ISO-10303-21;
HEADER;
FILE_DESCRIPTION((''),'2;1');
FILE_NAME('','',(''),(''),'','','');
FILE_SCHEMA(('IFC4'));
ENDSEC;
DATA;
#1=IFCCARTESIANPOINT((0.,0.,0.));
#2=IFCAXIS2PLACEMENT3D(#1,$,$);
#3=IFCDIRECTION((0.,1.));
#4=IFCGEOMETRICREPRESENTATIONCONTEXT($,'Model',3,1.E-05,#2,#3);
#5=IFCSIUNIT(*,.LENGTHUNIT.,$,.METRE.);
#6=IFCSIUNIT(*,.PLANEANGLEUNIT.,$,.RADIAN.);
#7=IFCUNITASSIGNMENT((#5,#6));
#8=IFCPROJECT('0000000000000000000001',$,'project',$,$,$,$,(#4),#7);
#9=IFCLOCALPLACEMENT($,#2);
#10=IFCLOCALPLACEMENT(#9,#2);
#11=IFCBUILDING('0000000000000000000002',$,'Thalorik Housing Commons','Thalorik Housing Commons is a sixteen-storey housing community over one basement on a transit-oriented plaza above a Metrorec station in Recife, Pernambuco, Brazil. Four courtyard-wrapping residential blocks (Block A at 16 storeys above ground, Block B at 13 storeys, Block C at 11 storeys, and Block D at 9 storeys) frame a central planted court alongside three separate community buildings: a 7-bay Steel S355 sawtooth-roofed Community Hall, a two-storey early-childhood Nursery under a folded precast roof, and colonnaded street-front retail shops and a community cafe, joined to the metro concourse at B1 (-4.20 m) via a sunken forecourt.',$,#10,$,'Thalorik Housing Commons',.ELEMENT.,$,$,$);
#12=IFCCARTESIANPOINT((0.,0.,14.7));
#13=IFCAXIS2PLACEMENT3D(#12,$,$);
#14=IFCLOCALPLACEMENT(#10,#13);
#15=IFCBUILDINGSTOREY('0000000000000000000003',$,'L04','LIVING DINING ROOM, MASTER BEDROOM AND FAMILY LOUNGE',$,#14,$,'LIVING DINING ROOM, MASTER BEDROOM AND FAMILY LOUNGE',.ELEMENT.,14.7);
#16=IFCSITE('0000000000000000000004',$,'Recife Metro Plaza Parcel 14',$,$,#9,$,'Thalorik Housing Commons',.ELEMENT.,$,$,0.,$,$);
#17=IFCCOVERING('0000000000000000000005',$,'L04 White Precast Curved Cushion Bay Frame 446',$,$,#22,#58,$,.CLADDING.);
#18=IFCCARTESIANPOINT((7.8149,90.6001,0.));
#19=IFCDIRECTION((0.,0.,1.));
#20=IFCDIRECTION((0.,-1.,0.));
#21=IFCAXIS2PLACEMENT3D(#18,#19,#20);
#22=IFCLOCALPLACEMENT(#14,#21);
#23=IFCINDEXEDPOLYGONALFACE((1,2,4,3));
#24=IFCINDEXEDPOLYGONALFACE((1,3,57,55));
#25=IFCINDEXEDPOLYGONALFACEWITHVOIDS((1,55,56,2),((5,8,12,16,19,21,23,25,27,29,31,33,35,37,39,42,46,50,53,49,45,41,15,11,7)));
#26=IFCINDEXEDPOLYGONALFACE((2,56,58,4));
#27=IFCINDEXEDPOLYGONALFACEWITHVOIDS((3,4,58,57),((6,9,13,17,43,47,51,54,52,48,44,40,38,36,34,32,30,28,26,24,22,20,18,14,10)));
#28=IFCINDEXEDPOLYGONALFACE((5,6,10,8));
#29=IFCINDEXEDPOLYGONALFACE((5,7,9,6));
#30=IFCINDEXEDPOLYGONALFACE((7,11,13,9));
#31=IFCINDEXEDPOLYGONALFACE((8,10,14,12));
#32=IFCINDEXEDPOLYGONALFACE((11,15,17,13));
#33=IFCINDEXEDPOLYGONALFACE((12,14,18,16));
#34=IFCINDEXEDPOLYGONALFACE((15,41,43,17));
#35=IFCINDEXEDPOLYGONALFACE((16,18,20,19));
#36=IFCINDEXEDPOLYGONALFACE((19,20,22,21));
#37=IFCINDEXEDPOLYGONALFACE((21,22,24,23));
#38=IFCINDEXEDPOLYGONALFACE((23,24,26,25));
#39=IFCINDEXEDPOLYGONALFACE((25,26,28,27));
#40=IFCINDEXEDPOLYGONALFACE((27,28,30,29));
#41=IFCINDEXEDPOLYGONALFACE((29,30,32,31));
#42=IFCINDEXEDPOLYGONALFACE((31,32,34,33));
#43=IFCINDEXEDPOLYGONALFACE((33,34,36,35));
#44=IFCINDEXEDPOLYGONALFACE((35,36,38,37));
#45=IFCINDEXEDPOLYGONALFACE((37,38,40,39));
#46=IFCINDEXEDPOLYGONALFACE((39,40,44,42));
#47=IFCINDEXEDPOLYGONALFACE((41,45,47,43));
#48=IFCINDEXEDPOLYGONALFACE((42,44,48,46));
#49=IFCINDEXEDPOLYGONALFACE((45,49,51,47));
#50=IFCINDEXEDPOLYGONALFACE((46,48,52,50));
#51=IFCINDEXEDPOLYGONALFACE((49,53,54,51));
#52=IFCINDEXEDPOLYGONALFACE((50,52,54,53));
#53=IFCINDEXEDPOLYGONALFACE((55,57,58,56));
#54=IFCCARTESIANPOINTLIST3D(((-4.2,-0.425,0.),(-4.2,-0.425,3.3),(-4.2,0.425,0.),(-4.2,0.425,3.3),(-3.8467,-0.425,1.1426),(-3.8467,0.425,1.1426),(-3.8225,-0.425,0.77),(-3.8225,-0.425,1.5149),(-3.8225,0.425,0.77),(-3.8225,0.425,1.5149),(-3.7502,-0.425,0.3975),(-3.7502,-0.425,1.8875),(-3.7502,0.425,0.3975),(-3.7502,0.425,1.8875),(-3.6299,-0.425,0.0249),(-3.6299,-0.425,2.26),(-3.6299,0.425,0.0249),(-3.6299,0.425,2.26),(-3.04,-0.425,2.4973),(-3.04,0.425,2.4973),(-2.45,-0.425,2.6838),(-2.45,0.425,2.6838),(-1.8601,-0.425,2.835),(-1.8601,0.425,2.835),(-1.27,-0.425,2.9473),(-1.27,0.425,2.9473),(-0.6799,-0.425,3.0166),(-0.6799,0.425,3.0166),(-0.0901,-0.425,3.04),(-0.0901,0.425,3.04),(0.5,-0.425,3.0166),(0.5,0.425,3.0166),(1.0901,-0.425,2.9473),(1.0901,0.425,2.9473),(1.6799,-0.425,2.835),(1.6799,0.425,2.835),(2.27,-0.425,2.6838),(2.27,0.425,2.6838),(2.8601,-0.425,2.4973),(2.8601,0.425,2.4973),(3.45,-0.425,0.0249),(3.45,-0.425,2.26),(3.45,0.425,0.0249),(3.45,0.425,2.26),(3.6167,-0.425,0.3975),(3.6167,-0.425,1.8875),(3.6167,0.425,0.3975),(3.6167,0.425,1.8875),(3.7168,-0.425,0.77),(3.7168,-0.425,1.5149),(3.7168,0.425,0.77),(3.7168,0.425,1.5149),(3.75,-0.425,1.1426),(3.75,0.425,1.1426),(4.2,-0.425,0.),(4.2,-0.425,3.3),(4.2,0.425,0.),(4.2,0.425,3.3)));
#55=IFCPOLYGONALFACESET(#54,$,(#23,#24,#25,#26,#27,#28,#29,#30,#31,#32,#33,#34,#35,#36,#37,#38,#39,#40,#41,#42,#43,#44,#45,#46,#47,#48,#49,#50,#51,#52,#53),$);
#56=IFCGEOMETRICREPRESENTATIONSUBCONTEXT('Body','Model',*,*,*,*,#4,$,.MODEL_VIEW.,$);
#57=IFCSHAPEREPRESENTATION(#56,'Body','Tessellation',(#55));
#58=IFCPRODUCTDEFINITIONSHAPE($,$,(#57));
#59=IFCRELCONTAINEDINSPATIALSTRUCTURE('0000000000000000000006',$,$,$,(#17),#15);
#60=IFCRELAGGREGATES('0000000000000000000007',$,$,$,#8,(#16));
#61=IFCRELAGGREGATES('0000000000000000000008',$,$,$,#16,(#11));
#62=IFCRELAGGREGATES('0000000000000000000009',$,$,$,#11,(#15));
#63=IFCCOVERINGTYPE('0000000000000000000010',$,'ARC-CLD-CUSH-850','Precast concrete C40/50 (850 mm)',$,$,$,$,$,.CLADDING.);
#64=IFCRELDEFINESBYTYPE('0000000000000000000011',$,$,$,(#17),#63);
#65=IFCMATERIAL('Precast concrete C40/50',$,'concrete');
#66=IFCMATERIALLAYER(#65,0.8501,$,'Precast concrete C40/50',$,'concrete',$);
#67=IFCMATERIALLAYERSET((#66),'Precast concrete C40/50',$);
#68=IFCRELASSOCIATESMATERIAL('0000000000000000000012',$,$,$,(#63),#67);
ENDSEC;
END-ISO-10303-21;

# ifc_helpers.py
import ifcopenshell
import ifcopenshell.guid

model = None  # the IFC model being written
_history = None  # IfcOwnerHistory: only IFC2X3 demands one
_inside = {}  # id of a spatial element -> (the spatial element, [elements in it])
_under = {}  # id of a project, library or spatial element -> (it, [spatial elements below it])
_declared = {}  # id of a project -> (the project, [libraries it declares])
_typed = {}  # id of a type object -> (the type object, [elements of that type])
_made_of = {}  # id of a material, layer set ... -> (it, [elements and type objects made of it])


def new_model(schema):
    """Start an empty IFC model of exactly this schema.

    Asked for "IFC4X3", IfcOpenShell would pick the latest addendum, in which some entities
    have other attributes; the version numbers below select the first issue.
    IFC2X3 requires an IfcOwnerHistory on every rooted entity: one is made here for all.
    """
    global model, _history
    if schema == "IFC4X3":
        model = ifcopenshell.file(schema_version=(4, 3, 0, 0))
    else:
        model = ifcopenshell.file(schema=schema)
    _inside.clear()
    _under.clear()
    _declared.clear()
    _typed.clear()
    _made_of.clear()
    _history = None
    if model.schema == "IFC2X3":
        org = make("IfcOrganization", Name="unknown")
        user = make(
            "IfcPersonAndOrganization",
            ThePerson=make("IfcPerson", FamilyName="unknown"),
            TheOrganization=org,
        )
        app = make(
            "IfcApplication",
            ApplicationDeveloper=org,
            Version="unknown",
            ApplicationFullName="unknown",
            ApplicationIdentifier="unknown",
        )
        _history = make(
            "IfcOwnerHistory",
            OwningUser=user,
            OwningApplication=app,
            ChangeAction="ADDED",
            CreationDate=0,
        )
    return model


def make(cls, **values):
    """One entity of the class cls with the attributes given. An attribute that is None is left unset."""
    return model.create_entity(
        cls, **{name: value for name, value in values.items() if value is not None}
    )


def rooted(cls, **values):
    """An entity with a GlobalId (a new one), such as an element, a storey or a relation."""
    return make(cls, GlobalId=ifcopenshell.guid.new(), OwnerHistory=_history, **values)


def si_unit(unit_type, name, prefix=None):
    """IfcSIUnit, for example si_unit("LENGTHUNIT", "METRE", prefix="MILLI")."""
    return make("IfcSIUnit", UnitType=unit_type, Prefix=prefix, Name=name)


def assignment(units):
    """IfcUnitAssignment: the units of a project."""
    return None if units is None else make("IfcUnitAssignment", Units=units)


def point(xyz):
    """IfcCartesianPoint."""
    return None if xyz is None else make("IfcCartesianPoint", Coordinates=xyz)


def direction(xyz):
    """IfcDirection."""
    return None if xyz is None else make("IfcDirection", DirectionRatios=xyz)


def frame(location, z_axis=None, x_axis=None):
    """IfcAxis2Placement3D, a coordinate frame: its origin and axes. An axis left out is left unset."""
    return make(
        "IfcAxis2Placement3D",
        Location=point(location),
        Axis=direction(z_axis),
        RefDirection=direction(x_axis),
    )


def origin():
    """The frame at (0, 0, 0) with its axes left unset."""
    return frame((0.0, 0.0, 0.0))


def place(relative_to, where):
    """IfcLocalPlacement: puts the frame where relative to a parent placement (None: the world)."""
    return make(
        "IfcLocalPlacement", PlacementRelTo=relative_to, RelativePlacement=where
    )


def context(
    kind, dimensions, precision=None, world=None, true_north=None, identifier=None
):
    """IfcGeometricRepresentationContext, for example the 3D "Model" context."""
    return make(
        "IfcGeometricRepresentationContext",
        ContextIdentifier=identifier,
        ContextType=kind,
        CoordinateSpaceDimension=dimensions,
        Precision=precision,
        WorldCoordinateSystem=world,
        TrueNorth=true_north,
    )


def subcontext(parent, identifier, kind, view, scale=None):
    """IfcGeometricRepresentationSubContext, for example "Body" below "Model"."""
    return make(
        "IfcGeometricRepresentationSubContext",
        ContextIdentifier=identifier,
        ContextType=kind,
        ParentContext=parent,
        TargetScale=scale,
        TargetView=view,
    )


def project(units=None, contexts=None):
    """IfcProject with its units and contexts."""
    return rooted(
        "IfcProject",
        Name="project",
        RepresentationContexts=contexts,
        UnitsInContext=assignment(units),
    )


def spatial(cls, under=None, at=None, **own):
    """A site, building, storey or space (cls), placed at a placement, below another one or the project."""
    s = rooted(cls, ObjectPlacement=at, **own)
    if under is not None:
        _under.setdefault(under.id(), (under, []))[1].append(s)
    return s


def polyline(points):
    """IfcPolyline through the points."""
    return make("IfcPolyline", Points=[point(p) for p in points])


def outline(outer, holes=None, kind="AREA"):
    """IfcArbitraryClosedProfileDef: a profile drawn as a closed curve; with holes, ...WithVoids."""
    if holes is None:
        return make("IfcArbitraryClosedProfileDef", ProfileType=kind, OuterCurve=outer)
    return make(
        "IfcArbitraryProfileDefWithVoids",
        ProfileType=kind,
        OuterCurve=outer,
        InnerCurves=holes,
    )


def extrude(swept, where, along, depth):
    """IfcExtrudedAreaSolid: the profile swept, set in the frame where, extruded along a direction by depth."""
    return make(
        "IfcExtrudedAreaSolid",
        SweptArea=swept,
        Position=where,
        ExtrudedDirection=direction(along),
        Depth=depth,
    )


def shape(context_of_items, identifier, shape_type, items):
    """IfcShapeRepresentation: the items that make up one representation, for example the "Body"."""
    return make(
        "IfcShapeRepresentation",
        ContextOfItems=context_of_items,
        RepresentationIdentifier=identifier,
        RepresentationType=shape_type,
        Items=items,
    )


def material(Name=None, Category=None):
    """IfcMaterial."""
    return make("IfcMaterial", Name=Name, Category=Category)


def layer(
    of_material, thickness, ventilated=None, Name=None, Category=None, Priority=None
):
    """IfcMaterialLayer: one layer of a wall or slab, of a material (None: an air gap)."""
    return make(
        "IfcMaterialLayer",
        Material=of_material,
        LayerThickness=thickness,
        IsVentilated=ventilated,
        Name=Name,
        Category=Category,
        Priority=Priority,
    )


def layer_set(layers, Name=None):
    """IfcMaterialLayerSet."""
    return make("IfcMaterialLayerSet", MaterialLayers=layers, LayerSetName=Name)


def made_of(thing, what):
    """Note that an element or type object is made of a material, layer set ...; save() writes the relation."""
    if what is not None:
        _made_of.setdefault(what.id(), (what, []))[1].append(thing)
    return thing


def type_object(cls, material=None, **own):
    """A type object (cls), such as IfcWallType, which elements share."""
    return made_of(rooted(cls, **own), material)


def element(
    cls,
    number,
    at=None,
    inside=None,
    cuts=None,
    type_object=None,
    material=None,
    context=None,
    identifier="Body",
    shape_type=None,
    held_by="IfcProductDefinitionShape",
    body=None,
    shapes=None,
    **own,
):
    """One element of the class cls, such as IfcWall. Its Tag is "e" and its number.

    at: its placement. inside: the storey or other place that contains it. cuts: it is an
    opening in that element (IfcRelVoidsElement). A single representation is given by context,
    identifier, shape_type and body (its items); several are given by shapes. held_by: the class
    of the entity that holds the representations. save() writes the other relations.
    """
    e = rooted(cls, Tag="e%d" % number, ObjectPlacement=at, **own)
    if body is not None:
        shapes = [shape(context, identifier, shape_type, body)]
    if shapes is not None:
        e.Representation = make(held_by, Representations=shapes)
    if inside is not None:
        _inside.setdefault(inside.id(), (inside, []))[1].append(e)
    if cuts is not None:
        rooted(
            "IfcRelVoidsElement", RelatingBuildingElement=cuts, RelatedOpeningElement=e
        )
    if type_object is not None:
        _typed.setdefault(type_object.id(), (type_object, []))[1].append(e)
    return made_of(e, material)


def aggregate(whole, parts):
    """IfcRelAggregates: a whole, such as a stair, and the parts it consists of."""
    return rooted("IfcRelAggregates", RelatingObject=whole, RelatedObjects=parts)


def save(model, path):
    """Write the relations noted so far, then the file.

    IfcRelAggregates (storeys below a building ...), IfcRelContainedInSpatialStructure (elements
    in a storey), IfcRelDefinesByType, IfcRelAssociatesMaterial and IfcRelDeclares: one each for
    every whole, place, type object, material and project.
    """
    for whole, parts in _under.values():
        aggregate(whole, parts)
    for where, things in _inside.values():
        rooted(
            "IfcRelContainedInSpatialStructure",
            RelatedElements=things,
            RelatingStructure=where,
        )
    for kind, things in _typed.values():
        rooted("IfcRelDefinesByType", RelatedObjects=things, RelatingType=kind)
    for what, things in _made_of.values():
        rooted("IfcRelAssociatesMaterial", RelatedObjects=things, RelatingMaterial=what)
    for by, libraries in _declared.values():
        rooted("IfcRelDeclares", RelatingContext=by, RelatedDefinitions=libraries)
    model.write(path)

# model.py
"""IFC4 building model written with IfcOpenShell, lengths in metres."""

from ifc_helpers import new_model, si_unit, direction, frame, origin, place, context, subcontext, project, spatial, polyline, outline, extrude, material, layer, layer_set, type_object, element, save


model = new_model("IFC4")

# Units and contexts
model_context = context("Model", 3, precision=1e-05, world=origin(), true_north=direction((0.0, 1.0)))
body_context = subcontext(model_context, "Body", "Model", "MODEL_VIEW")
ifc_project = project(units=[si_unit("LENGTHUNIT", "METRE"), si_unit("PLANEANGLEUNIT", "RADIAN")], contexts=[model_context])

# Site, building, storey
site_placement = place(None, origin())
site = spatial("IfcSite", under=ifc_project, at=site_placement, Name="Recife Metro Plaza Parcel 14", LongName="Thalorik Housing Commons", CompositionType="ELEMENT", RefElevation=0.0)
building_placement = place(site_placement, origin())
building = spatial("IfcBuilding", under=site, at=building_placement, Name="Thalorik Housing Commons", Description="Thalorik Housing Commons is a sixteen-storey housing community over one basement on a transit-oriented plaza above a Metrorec station in Recife, Pernambuco, Brazil. Four courtyard-wrapping residential blocks (Block A at 16 storeys above ground, Block B at 13 storeys, Block C at 11 storeys, and Block D at 9 storeys) frame a central planted court alongside three separate community buildings: a 7-bay Steel S355 sawtooth-roofed Community Hall, a two-storey early-childhood Nursery under a folded precast roof, and colonnaded street-front retail shops and a community cafe, joined to the metro concourse at B1 (-4.20 m) via a sunken forecourt.", LongName="Thalorik Housing Commons", CompositionType="ELEMENT")
storey_placement = place(building_placement, frame((0.0, 0.0, 14.7)))
storey = spatial("IfcBuildingStorey", under=building, at=storey_placement, Name="L04", Description="LIVING DINING ROOM, MASTER BEDROOM AND FAMILY LOUNGE", LongName="LIVING DINING ROOM, MASTER BEDROOM AND FAMILY LOUNGE", CompositionType="ELEMENT", Elevation=14.7)

# Shared definitions
ifc_material_1 = material(Name="Precast concrete C40/50", Category="concrete")

# Covering
ifc_layer_1 = layer(ifc_material_1, 0.8501, Name="Precast concrete C40/50", Category="concrete")
ifc_layer_set_1 = layer_set([ifc_layer_1], Name="Precast concrete C40/50")
covering_type_1 = type_object("IfcCoveringType", Name="ARC-CLD-CUSH-850", Description="Precast concrete C40/50 (850 mm)", PredefinedType="CLADDING", material=ifc_layer_set_1)
covering_1_placement = place(storey_placement, frame((7.8149, 90.6001, 0.0), z_axis=(0.0, 0.0, 1.0), x_axis=(0.0, -1.0, 0.0)))
element("IfcCovering", 1, at=covering_1_placement, inside=storey, type_object=covering_type_1, Name="L04 White Precast Curved Cushion Bay Frame 446", PredefinedType="CLADDING", context=body_context, shape_type="SweptSolid", body=[
    extrude(outline(polyline([(-4.2, 0.0), (4.2, 0.0), (4.2, 3.3), (-4.2, 3.3), (-4.2, 0.0)]), holes=[polyline([(3.45, 0.0249), (3.6167, 0.3975), (3.7168, 0.77), (3.75, 1.1426), (3.7168, 1.5149), (3.6167, 1.8875), (3.45, 2.26), (2.8601, 2.4973), (2.27, 2.6838), (1.6799, 2.835), (1.0901, 2.9473), (0.5, 3.0166), (-0.0901, 3.04), (-0.6799, 3.0166), (-1.27, 2.9473), (-1.8601, 2.835), (-2.45, 2.6838), (-3.04, 2.4973), (-3.6299, 2.26), (-3.7502, 1.8875), (-3.8225, 1.5149), (-3.8467, 1.1426), (-3.8225, 0.77), (-3.7502, 0.3975), (-3.6299, 0.0249), (3.45, 0.0249)])]), frame((0.0, 0.425, 0.0), z_axis=(0.0, -1.0, 0.0), x_axis=(1.0, 0.0, 0.0)), (0.0, 0.0, 1.0), 0.8501),
])

save(model, "model.ifc")
